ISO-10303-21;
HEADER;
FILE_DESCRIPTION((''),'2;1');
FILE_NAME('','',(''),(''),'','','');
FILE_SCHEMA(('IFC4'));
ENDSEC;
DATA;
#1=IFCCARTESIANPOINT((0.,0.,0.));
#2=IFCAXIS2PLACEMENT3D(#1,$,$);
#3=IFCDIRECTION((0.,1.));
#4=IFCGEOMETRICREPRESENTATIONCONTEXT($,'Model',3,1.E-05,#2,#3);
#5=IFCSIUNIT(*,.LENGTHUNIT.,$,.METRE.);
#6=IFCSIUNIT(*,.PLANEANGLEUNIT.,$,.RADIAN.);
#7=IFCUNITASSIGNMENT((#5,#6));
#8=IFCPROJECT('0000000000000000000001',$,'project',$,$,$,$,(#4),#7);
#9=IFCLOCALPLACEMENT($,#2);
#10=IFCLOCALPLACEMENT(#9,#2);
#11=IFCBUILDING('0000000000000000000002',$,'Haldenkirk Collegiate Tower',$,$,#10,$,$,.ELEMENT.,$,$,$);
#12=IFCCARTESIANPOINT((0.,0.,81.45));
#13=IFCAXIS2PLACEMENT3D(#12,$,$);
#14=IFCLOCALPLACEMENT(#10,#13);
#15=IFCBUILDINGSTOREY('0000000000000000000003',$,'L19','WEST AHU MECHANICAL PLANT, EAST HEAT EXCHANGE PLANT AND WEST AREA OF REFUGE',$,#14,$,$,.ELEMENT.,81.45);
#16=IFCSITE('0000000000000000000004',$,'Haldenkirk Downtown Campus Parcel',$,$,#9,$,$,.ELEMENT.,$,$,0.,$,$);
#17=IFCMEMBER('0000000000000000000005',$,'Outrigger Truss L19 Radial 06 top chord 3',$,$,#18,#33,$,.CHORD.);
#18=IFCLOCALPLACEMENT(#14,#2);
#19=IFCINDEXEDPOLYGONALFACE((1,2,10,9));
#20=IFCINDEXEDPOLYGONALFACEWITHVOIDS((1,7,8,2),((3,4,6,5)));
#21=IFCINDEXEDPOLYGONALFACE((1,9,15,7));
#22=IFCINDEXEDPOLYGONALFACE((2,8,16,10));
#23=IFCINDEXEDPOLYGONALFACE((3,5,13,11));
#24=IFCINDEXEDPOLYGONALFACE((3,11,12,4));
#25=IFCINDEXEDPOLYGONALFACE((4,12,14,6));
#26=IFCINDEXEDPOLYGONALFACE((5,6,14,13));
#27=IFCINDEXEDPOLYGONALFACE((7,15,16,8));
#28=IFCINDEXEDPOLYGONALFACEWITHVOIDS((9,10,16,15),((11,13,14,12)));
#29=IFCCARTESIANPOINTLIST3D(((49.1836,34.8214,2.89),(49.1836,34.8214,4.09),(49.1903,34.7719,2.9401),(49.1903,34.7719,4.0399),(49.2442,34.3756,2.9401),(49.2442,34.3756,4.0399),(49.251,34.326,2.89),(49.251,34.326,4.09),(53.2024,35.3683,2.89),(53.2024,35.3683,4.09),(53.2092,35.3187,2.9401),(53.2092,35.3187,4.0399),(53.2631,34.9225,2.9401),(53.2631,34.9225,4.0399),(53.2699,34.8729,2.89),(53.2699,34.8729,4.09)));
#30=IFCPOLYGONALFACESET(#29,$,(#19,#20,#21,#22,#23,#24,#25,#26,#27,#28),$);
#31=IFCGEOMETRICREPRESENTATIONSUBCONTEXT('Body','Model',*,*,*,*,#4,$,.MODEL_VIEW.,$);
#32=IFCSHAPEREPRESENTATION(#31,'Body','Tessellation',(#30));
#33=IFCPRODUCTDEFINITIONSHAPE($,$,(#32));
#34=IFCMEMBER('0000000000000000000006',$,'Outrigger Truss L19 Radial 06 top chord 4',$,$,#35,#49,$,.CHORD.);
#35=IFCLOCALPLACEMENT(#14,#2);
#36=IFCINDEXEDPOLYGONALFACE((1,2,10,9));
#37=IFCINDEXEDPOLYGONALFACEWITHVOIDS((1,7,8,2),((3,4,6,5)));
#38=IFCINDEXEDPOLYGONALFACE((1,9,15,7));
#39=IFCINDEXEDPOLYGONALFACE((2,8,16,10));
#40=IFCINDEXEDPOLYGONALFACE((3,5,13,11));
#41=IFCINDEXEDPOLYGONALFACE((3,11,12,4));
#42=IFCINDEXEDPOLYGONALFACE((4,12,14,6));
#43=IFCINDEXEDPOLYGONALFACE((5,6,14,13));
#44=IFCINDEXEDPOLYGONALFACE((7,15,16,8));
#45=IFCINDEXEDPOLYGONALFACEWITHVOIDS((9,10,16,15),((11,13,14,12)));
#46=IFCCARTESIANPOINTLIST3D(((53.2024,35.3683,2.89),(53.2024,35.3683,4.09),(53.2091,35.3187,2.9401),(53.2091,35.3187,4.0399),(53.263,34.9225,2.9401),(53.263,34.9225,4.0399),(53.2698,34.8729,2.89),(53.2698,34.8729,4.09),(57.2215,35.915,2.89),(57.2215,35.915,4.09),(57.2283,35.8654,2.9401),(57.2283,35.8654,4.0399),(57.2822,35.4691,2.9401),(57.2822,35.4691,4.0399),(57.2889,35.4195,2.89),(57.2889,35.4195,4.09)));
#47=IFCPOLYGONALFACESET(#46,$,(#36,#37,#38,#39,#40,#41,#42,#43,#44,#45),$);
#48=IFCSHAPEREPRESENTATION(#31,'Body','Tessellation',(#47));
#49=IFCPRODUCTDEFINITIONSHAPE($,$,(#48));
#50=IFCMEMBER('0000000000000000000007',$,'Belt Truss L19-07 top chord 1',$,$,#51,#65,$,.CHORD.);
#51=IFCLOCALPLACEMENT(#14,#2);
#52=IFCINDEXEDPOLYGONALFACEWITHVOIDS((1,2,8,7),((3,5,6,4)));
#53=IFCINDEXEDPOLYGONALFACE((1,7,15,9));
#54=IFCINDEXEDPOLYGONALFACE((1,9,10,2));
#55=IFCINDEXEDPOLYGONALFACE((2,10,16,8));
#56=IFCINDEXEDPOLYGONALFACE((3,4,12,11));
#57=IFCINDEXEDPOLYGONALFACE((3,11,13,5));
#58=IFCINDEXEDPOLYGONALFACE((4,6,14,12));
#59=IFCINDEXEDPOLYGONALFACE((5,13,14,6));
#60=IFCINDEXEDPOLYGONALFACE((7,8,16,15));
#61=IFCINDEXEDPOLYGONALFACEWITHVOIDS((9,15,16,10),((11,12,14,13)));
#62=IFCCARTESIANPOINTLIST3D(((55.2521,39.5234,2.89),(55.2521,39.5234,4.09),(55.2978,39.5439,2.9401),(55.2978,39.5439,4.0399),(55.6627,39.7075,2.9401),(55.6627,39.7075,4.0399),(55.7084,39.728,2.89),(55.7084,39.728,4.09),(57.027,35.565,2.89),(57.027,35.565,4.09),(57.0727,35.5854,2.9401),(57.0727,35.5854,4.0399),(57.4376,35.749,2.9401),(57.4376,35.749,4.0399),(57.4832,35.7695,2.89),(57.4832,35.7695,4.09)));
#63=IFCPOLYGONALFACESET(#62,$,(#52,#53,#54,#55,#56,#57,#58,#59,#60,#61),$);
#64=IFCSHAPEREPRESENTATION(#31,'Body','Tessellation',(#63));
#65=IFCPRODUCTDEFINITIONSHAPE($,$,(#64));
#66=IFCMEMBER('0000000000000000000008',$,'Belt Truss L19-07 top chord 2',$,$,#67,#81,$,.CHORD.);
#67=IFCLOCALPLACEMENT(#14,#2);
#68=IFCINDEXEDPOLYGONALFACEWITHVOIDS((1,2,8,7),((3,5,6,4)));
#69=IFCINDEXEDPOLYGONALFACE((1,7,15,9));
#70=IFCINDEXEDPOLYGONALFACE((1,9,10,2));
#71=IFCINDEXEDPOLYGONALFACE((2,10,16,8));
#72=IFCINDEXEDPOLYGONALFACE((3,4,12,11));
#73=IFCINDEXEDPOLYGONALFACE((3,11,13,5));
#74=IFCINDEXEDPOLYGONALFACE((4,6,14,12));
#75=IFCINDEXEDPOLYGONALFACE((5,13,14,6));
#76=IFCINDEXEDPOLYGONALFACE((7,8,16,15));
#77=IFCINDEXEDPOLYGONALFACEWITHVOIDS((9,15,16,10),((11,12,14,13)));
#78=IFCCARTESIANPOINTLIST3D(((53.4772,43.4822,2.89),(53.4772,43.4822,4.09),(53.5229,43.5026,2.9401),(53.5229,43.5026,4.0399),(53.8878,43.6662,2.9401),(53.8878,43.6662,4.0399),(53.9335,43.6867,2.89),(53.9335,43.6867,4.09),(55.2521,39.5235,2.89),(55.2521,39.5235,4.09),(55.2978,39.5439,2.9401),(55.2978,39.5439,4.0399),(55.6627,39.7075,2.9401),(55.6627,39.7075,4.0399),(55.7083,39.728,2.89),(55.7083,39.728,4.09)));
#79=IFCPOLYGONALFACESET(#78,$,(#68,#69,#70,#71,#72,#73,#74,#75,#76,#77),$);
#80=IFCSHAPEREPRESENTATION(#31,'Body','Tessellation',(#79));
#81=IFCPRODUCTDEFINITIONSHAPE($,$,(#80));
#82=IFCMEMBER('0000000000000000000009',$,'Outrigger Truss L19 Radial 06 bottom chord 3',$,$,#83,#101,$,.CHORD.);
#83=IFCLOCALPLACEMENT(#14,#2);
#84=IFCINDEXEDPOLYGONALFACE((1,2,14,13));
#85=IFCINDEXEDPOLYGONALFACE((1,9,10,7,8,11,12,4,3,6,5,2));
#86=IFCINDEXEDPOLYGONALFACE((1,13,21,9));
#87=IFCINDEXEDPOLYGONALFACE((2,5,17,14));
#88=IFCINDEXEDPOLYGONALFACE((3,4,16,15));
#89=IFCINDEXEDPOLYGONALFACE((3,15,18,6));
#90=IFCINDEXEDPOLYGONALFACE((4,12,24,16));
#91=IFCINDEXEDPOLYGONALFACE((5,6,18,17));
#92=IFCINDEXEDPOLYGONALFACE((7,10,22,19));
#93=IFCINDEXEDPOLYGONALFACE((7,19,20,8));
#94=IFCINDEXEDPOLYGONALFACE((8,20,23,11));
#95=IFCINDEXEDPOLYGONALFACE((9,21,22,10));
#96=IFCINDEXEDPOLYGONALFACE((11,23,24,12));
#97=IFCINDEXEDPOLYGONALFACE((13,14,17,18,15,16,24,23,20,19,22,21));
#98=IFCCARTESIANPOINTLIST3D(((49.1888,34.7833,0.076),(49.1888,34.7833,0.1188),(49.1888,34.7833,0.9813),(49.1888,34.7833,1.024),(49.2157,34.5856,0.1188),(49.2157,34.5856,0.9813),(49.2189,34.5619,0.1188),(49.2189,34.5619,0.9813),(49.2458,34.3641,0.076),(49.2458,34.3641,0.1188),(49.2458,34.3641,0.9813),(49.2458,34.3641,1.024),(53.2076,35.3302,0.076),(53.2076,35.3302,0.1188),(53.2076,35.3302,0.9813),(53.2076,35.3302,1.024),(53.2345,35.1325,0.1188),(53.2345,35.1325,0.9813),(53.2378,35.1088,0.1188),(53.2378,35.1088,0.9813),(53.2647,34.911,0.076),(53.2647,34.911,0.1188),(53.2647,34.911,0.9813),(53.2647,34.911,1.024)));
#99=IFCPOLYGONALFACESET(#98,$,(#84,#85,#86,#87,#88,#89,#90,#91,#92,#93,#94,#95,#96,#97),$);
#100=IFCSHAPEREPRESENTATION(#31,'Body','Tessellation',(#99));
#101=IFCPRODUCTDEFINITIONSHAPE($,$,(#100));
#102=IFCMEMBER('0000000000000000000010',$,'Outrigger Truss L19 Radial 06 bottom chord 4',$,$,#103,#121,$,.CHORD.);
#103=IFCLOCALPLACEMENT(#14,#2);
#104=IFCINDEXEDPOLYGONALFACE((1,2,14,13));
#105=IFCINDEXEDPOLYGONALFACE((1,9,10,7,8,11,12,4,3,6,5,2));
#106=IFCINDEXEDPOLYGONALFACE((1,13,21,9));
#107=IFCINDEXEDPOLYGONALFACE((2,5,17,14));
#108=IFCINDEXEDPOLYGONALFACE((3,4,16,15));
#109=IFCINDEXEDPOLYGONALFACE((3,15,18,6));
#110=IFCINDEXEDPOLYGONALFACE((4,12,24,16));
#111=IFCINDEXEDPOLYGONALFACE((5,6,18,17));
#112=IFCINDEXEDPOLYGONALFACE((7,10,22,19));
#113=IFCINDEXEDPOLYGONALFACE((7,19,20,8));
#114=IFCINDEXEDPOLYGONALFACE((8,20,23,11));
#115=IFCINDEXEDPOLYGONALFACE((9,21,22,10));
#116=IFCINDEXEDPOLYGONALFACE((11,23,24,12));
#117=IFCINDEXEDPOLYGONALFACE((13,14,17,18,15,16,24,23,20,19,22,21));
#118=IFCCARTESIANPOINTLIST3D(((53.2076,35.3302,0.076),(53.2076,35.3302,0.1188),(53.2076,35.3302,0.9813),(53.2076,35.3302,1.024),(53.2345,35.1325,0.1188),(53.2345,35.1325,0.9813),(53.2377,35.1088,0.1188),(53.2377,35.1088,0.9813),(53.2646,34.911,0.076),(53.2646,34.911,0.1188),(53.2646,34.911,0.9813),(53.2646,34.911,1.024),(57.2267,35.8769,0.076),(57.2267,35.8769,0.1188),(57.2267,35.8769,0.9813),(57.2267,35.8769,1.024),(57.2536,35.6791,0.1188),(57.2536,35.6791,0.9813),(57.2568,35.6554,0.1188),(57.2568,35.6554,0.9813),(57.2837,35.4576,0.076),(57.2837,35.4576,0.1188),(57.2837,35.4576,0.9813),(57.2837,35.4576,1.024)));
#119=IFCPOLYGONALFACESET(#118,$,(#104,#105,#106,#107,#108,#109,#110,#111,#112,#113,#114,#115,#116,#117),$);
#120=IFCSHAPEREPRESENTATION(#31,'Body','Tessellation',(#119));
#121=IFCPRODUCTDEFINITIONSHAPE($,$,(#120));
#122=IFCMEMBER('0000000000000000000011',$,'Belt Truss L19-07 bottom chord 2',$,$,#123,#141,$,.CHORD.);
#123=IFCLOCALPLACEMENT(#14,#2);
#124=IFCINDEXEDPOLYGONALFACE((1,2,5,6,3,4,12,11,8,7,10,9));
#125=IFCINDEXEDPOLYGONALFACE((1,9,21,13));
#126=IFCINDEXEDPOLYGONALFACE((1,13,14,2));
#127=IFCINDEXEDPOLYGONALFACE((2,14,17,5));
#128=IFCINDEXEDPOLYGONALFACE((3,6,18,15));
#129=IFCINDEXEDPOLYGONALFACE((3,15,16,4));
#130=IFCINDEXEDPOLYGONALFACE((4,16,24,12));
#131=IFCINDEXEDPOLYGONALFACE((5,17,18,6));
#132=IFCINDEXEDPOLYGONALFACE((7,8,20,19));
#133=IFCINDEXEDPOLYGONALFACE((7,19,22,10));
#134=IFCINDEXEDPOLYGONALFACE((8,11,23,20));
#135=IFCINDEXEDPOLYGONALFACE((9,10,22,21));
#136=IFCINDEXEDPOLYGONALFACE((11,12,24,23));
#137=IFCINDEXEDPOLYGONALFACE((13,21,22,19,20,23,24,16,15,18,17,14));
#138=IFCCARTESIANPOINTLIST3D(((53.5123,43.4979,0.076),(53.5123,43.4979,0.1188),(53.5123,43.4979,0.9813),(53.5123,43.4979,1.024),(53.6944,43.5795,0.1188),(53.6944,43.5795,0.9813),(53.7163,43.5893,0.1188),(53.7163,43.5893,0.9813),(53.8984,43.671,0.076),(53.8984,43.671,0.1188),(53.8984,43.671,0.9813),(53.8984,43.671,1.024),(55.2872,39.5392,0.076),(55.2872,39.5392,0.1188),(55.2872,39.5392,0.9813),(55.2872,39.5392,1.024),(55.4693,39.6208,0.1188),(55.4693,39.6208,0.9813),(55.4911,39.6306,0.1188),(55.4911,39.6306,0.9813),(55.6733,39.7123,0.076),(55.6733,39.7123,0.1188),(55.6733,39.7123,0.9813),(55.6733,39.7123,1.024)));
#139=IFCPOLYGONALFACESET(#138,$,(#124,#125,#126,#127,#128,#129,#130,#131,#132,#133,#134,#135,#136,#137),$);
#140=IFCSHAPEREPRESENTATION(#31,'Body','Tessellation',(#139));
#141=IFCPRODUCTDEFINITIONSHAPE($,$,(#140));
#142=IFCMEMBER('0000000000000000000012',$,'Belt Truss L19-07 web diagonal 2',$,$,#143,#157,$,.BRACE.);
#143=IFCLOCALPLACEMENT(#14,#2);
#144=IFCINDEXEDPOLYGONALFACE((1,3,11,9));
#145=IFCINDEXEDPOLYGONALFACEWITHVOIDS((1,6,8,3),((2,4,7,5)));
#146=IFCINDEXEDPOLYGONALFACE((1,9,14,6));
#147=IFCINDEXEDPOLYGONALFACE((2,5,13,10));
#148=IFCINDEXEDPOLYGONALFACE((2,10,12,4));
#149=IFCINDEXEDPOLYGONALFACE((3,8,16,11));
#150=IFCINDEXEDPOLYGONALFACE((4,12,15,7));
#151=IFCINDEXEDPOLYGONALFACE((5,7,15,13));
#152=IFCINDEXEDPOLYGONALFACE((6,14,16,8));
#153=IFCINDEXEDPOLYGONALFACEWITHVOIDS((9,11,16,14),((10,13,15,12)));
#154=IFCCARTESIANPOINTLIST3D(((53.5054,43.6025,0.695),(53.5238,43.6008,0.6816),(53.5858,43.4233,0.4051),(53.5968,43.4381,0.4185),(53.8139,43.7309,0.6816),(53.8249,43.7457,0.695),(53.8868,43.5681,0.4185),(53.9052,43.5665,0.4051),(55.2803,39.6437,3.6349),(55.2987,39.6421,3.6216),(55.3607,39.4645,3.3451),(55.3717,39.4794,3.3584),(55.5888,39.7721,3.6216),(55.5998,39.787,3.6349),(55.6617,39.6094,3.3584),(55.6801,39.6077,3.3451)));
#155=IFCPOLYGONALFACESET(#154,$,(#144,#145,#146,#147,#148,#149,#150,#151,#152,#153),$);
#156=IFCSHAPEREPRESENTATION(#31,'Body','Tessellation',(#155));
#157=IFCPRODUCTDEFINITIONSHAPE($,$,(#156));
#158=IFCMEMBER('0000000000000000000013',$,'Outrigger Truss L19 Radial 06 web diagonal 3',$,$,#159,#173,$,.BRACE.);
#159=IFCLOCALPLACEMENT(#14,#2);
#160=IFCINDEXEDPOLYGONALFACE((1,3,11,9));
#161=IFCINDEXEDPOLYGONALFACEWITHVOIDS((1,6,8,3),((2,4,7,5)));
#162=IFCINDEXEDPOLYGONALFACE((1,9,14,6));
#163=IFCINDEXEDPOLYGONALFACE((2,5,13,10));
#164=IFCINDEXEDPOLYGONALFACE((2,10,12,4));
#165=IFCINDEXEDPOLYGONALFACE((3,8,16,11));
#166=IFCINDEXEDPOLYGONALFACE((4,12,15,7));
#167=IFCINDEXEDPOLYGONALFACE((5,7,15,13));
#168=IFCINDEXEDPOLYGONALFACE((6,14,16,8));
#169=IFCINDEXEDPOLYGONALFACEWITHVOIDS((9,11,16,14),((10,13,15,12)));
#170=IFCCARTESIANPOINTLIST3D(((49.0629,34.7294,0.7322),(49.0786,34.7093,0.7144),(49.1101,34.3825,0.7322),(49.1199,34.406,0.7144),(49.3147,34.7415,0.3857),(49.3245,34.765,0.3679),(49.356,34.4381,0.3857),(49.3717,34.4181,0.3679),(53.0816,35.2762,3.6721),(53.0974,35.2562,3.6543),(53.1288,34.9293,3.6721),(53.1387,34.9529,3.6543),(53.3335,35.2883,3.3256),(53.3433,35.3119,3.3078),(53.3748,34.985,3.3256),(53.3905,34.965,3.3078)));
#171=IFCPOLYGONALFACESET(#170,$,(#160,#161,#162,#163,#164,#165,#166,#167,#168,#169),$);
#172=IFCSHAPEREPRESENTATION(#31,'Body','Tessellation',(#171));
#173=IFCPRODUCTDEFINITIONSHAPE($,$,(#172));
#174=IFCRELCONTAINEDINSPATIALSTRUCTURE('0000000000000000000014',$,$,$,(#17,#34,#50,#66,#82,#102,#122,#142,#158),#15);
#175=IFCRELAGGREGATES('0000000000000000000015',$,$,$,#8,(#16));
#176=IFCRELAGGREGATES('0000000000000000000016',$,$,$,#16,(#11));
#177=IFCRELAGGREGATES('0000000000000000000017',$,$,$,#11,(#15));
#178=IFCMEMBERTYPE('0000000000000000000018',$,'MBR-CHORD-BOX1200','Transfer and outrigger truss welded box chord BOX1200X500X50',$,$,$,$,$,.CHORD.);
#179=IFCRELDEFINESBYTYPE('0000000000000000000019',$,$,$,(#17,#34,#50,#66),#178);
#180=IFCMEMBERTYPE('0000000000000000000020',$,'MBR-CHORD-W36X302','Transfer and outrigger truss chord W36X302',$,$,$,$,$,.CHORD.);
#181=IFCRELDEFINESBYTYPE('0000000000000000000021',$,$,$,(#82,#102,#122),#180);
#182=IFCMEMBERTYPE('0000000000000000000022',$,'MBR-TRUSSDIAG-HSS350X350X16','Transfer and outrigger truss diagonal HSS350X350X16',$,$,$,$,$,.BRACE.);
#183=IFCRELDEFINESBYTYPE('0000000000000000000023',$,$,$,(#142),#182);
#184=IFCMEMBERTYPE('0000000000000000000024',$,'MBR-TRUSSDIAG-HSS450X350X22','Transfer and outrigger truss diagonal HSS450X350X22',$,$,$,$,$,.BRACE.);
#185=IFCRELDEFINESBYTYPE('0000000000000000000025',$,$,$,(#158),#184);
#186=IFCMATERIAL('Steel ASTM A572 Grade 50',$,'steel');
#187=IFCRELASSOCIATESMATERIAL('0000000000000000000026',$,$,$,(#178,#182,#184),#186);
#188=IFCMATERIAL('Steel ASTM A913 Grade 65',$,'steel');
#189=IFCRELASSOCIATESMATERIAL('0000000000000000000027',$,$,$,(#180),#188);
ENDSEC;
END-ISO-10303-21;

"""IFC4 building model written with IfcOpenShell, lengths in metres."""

from ifc_helpers import new_model, si_unit, direction, frame, origin, origin_2d, place, context, subcontext, project, spatial, hollow_rectangle, i_section, extrude, material, material_profile, profile_set, type_object, element, save


model = new_model("IFC4")

# Units and contexts
model_context = context("Model", 3, precision=1e-05, world=origin(), true_north=direction((0.0, 1.0)))
body_context = subcontext(model_context, "Body", "Model", "MODEL_VIEW")
ifc_project = project(units=[si_unit("LENGTHUNIT", "METRE"), si_unit("PLANEANGLEUNIT", "RADIAN")], contexts=[model_context])

# Site, building, storey
site_placement = place(None, origin())
site = spatial("IfcSite", under=ifc_project, at=site_placement, Name="Haldenkirk Downtown Campus Parcel", CompositionType="ELEMENT", RefElevation=0.0)
building_placement = place(site_placement, origin())
building = spatial("IfcBuilding", under=site, at=building_placement, Name="Haldenkirk Collegiate Tower", CompositionType="ELEMENT")
storey_placement = place(building_placement, frame((0.0, 0.0, 81.45)))
storey = spatial("IfcBuildingStorey", under=building, at=storey_placement, Name="L19", Description="WEST AHU MECHANICAL PLANT, EAST HEAT EXCHANGE PLANT AND WEST AREA OF REFUGE", CompositionType="ELEMENT", Elevation=81.45)

# Members
ifc_material_1 = material(Name="Steel ASTM A572 Grade 50", Category="steel")
ifc_material_profile_1 = material_profile(ifc_material_1, hollow_rectangle(XDim=0.5, YDim=1.2, WallThickness=0.05, at=origin_2d()), Name="BOX1200X500X50")
ifc_profile_set_1 = profile_set([ifc_material_profile_1], Name="Steel ASTM A572 Grade 50")
member_type_1 = type_object("IfcMemberType", Name="MBR-CHORD-BOX1200", Description="Transfer and outrigger truss welded box chord BOX1200X500X50", PredefinedType="CHORD", material=ifc_profile_set_1)
member_1_placement = place(storey_placement, frame((49.2173, 34.5737, 3.49), z_axis=(0.990868, 0.134837, 0.0), x_axis=(-0.134837, 0.990868, 0.0)))
element("IfcMember", 1, at=member_1_placement, inside=storey, type_object=member_type_1, Name="Outrigger Truss L19 Radial 06 top chord 3", PredefinedType="CHORD", context=body_context, shape_type="SweptSolid", body=[
    extrude(hollow_rectangle(XDim=0.5, YDim=1.2, WallThickness=0.05, at=origin_2d()), origin(), (0.0, 0.0, 1.0), 4.0559),
])
member_2_placement = place(storey_placement, frame((53.2361, 35.1206, 3.49), z_axis=(0.990877, 0.134769, 0.0), x_axis=(-0.134769, 0.990877, 0.0)))
element("IfcMember", 2, at=member_2_placement, inside=storey, type_object=member_type_1, Name="Outrigger Truss L19 Radial 06 top chord 4", PredefinedType="CHORD", context=body_context, shape_type="SweptSolid", body=[
    extrude(hollow_rectangle(XDim=0.5, YDim=1.2, WallThickness=0.05, at=origin_2d()), origin(), (0.0, 0.0, 1.0), 4.0562),
])
member_3_placement = place(storey_placement, frame((57.2551, 35.6672, 3.49), z_axis=(-0.409133, 0.912475, 0.0), x_axis=(-0.912475, -0.409133, 0.0)))
element("IfcMember", 3, at=member_3_placement, inside=storey, type_object=member_type_1, Name="Belt Truss L19-07 top chord 1", PredefinedType="CHORD", context=body_context, shape_type="SweptSolid", body=[
    extrude(hollow_rectangle(XDim=0.5, YDim=1.2, WallThickness=0.05, at=origin_2d()), origin(), (0.0, 0.0, 1.0), 4.3381),
])
member_4_placement = place(storey_placement, frame((55.4802, 39.6257, 3.49), z_axis=(-0.409112, 0.912484, 0.0), x_axis=(-0.912484, -0.409112, 0.0)))
element("IfcMember", 4, at=member_4_placement, inside=storey, type_object=member_type_1, Name="Belt Truss L19-07 top chord 2", PredefinedType="CHORD", context=body_context, shape_type="SweptSolid", body=[
    extrude(hollow_rectangle(XDim=0.5, YDim=1.2, WallThickness=0.05, at=origin_2d()), origin(), (0.0, 0.0, 1.0), 4.3384),
])
ifc_material_2 = material(Name="Steel ASTM A913 Grade 65", Category="steel")
ifc_material_profile_2 = material_profile(ifc_material_2, i_section(OverallWidth=0.4231, OverallDepth=0.948, WebThickness=0.0239, FlangeThickness=0.0427, at=origin_2d()), Name="W36X302")
ifc_profile_set_2 = profile_set([ifc_material_profile_2], Name="Steel ASTM A913 Grade 65")
member_type_2 = type_object("IfcMemberType", Name="MBR-CHORD-W36X302", Description="Transfer and outrigger truss chord W36X302", PredefinedType="CHORD", material=ifc_profile_set_2)
member_5_placement = place(storey_placement, frame((49.2173, 34.5737, 0.55), z_axis=(0.990868, 0.134837, 0.0), x_axis=(-0.134837, 0.990868, 0.0)))
element("IfcMember", 5, at=member_5_placement, inside=storey, type_object=member_type_2, Name="Outrigger Truss L19 Radial 06 bottom chord 3", PredefinedType="CHORD", context=body_context, shape_type="SweptSolid", body=[
    extrude(i_section(OverallWidth=0.4231, OverallDepth=0.948, WebThickness=0.0239, FlangeThickness=0.0427, at=origin_2d()), origin(), (0.0, 0.0, 1.0), 4.0559),
])
member_6_placement = place(storey_placement, frame((53.2361, 35.1206, 0.55), z_axis=(0.990877, 0.134769, 0.0), x_axis=(-0.134769, 0.990877, 0.0)))
element("IfcMember", 6, at=member_6_placement, inside=storey, type_object=member_type_2, Name="Outrigger Truss L19 Radial 06 bottom chord 4", PredefinedType="CHORD", context=body_context, shape_type="SweptSolid", body=[
    extrude(i_section(OverallWidth=0.4231, OverallDepth=0.948, WebThickness=0.0239, FlangeThickness=0.0427, at=origin_2d()), origin(), (0.0, 0.0, 1.0), 4.0562),
])
member_7_placement = place(storey_placement, frame((55.4802, 39.6257, 0.55), z_axis=(-0.409112, 0.912484, 0.0), x_axis=(-0.912484, -0.409112, 0.0)))
element("IfcMember", 7, at=member_7_placement, inside=storey, type_object=member_type_2, Name="Belt Truss L19-07 bottom chord 2", PredefinedType="CHORD", context=body_context, shape_type="SweptSolid", body=[
    extrude(i_section(OverallWidth=0.4231, OverallDepth=0.948, WebThickness=0.0239, FlangeThickness=0.0427, at=origin_2d()), origin(), (0.0, 0.0, 1.0), 4.3384),
])
ifc_material_profile_3 = material_profile(ifc_material_1, hollow_rectangle(XDim=0.3501, YDim=0.3501, WallThickness=0.0161, at=origin_2d()), Name="HSS350X350X16")
ifc_profile_set_3 = profile_set([ifc_material_profile_3], Name="Steel ASTM A572 Grade 50")
member_type_3 = type_object("IfcMemberType", Name="MBR-TRUSSDIAG-HSS350X350X16", Description="Transfer and outrigger truss diagonal HSS350X350X16", PredefinedType="BRACE", material=ifc_profile_set_3)
member_8_placement = place(storey_placement, frame((55.4802, 39.6257, 3.49), z_axis=(-0.338675, 0.755381, -0.56098), x_axis=(-0.912484, -0.409112, 0.0)))
element("IfcMember", 8, at=member_8_placement, inside=storey, type_object=member_type_3, Name="Belt Truss L19-07 web diagonal 2", PredefinedType="BRACE", context=body_context, shape_type="SweptSolid", body=[
    extrude(hollow_rectangle(XDim=0.3501, YDim=0.3501, WallThickness=0.0161, at=origin_2d()), origin(), (0.0, 0.0, 1.0), 5.2407),
])
ifc_material_profile_4 = material_profile(ifc_material_1, hollow_rectangle(XDim=0.3501, YDim=0.45, WallThickness=0.022, at=origin_2d()), Name="HSS450X350X22")
ifc_profile_set_4 = profile_set([ifc_material_profile_4], Name="Steel ASTM A572 Grade 50")
member_type_4 = type_object("IfcMemberType", Name="MBR-TRUSSDIAG-HSS450X350X22", Description="Transfer and outrigger truss diagonal HSS450X350X22", PredefinedType="BRACE", material=ifc_profile_set_4)
member_9_placement = place(storey_placement, frame((49.2173, 34.5737, 0.55), z_axis=(0.802268, 0.109172, 0.586897), x_axis=(-0.134837, 0.990868, 0.0)))
element("IfcMember", 9, at=member_9_placement, inside=storey, type_object=member_type_4, Name="Outrigger Truss L19 Radial 06 web diagonal 3", PredefinedType="BRACE", context=body_context, shape_type="SweptSolid", body=[
    extrude(hollow_rectangle(XDim=0.3501, YDim=0.45, WallThickness=0.022, at=origin_2d()), origin(), (0.0, 0.0, 1.0), 5.0093),
])

save(model, "model.ifc")
